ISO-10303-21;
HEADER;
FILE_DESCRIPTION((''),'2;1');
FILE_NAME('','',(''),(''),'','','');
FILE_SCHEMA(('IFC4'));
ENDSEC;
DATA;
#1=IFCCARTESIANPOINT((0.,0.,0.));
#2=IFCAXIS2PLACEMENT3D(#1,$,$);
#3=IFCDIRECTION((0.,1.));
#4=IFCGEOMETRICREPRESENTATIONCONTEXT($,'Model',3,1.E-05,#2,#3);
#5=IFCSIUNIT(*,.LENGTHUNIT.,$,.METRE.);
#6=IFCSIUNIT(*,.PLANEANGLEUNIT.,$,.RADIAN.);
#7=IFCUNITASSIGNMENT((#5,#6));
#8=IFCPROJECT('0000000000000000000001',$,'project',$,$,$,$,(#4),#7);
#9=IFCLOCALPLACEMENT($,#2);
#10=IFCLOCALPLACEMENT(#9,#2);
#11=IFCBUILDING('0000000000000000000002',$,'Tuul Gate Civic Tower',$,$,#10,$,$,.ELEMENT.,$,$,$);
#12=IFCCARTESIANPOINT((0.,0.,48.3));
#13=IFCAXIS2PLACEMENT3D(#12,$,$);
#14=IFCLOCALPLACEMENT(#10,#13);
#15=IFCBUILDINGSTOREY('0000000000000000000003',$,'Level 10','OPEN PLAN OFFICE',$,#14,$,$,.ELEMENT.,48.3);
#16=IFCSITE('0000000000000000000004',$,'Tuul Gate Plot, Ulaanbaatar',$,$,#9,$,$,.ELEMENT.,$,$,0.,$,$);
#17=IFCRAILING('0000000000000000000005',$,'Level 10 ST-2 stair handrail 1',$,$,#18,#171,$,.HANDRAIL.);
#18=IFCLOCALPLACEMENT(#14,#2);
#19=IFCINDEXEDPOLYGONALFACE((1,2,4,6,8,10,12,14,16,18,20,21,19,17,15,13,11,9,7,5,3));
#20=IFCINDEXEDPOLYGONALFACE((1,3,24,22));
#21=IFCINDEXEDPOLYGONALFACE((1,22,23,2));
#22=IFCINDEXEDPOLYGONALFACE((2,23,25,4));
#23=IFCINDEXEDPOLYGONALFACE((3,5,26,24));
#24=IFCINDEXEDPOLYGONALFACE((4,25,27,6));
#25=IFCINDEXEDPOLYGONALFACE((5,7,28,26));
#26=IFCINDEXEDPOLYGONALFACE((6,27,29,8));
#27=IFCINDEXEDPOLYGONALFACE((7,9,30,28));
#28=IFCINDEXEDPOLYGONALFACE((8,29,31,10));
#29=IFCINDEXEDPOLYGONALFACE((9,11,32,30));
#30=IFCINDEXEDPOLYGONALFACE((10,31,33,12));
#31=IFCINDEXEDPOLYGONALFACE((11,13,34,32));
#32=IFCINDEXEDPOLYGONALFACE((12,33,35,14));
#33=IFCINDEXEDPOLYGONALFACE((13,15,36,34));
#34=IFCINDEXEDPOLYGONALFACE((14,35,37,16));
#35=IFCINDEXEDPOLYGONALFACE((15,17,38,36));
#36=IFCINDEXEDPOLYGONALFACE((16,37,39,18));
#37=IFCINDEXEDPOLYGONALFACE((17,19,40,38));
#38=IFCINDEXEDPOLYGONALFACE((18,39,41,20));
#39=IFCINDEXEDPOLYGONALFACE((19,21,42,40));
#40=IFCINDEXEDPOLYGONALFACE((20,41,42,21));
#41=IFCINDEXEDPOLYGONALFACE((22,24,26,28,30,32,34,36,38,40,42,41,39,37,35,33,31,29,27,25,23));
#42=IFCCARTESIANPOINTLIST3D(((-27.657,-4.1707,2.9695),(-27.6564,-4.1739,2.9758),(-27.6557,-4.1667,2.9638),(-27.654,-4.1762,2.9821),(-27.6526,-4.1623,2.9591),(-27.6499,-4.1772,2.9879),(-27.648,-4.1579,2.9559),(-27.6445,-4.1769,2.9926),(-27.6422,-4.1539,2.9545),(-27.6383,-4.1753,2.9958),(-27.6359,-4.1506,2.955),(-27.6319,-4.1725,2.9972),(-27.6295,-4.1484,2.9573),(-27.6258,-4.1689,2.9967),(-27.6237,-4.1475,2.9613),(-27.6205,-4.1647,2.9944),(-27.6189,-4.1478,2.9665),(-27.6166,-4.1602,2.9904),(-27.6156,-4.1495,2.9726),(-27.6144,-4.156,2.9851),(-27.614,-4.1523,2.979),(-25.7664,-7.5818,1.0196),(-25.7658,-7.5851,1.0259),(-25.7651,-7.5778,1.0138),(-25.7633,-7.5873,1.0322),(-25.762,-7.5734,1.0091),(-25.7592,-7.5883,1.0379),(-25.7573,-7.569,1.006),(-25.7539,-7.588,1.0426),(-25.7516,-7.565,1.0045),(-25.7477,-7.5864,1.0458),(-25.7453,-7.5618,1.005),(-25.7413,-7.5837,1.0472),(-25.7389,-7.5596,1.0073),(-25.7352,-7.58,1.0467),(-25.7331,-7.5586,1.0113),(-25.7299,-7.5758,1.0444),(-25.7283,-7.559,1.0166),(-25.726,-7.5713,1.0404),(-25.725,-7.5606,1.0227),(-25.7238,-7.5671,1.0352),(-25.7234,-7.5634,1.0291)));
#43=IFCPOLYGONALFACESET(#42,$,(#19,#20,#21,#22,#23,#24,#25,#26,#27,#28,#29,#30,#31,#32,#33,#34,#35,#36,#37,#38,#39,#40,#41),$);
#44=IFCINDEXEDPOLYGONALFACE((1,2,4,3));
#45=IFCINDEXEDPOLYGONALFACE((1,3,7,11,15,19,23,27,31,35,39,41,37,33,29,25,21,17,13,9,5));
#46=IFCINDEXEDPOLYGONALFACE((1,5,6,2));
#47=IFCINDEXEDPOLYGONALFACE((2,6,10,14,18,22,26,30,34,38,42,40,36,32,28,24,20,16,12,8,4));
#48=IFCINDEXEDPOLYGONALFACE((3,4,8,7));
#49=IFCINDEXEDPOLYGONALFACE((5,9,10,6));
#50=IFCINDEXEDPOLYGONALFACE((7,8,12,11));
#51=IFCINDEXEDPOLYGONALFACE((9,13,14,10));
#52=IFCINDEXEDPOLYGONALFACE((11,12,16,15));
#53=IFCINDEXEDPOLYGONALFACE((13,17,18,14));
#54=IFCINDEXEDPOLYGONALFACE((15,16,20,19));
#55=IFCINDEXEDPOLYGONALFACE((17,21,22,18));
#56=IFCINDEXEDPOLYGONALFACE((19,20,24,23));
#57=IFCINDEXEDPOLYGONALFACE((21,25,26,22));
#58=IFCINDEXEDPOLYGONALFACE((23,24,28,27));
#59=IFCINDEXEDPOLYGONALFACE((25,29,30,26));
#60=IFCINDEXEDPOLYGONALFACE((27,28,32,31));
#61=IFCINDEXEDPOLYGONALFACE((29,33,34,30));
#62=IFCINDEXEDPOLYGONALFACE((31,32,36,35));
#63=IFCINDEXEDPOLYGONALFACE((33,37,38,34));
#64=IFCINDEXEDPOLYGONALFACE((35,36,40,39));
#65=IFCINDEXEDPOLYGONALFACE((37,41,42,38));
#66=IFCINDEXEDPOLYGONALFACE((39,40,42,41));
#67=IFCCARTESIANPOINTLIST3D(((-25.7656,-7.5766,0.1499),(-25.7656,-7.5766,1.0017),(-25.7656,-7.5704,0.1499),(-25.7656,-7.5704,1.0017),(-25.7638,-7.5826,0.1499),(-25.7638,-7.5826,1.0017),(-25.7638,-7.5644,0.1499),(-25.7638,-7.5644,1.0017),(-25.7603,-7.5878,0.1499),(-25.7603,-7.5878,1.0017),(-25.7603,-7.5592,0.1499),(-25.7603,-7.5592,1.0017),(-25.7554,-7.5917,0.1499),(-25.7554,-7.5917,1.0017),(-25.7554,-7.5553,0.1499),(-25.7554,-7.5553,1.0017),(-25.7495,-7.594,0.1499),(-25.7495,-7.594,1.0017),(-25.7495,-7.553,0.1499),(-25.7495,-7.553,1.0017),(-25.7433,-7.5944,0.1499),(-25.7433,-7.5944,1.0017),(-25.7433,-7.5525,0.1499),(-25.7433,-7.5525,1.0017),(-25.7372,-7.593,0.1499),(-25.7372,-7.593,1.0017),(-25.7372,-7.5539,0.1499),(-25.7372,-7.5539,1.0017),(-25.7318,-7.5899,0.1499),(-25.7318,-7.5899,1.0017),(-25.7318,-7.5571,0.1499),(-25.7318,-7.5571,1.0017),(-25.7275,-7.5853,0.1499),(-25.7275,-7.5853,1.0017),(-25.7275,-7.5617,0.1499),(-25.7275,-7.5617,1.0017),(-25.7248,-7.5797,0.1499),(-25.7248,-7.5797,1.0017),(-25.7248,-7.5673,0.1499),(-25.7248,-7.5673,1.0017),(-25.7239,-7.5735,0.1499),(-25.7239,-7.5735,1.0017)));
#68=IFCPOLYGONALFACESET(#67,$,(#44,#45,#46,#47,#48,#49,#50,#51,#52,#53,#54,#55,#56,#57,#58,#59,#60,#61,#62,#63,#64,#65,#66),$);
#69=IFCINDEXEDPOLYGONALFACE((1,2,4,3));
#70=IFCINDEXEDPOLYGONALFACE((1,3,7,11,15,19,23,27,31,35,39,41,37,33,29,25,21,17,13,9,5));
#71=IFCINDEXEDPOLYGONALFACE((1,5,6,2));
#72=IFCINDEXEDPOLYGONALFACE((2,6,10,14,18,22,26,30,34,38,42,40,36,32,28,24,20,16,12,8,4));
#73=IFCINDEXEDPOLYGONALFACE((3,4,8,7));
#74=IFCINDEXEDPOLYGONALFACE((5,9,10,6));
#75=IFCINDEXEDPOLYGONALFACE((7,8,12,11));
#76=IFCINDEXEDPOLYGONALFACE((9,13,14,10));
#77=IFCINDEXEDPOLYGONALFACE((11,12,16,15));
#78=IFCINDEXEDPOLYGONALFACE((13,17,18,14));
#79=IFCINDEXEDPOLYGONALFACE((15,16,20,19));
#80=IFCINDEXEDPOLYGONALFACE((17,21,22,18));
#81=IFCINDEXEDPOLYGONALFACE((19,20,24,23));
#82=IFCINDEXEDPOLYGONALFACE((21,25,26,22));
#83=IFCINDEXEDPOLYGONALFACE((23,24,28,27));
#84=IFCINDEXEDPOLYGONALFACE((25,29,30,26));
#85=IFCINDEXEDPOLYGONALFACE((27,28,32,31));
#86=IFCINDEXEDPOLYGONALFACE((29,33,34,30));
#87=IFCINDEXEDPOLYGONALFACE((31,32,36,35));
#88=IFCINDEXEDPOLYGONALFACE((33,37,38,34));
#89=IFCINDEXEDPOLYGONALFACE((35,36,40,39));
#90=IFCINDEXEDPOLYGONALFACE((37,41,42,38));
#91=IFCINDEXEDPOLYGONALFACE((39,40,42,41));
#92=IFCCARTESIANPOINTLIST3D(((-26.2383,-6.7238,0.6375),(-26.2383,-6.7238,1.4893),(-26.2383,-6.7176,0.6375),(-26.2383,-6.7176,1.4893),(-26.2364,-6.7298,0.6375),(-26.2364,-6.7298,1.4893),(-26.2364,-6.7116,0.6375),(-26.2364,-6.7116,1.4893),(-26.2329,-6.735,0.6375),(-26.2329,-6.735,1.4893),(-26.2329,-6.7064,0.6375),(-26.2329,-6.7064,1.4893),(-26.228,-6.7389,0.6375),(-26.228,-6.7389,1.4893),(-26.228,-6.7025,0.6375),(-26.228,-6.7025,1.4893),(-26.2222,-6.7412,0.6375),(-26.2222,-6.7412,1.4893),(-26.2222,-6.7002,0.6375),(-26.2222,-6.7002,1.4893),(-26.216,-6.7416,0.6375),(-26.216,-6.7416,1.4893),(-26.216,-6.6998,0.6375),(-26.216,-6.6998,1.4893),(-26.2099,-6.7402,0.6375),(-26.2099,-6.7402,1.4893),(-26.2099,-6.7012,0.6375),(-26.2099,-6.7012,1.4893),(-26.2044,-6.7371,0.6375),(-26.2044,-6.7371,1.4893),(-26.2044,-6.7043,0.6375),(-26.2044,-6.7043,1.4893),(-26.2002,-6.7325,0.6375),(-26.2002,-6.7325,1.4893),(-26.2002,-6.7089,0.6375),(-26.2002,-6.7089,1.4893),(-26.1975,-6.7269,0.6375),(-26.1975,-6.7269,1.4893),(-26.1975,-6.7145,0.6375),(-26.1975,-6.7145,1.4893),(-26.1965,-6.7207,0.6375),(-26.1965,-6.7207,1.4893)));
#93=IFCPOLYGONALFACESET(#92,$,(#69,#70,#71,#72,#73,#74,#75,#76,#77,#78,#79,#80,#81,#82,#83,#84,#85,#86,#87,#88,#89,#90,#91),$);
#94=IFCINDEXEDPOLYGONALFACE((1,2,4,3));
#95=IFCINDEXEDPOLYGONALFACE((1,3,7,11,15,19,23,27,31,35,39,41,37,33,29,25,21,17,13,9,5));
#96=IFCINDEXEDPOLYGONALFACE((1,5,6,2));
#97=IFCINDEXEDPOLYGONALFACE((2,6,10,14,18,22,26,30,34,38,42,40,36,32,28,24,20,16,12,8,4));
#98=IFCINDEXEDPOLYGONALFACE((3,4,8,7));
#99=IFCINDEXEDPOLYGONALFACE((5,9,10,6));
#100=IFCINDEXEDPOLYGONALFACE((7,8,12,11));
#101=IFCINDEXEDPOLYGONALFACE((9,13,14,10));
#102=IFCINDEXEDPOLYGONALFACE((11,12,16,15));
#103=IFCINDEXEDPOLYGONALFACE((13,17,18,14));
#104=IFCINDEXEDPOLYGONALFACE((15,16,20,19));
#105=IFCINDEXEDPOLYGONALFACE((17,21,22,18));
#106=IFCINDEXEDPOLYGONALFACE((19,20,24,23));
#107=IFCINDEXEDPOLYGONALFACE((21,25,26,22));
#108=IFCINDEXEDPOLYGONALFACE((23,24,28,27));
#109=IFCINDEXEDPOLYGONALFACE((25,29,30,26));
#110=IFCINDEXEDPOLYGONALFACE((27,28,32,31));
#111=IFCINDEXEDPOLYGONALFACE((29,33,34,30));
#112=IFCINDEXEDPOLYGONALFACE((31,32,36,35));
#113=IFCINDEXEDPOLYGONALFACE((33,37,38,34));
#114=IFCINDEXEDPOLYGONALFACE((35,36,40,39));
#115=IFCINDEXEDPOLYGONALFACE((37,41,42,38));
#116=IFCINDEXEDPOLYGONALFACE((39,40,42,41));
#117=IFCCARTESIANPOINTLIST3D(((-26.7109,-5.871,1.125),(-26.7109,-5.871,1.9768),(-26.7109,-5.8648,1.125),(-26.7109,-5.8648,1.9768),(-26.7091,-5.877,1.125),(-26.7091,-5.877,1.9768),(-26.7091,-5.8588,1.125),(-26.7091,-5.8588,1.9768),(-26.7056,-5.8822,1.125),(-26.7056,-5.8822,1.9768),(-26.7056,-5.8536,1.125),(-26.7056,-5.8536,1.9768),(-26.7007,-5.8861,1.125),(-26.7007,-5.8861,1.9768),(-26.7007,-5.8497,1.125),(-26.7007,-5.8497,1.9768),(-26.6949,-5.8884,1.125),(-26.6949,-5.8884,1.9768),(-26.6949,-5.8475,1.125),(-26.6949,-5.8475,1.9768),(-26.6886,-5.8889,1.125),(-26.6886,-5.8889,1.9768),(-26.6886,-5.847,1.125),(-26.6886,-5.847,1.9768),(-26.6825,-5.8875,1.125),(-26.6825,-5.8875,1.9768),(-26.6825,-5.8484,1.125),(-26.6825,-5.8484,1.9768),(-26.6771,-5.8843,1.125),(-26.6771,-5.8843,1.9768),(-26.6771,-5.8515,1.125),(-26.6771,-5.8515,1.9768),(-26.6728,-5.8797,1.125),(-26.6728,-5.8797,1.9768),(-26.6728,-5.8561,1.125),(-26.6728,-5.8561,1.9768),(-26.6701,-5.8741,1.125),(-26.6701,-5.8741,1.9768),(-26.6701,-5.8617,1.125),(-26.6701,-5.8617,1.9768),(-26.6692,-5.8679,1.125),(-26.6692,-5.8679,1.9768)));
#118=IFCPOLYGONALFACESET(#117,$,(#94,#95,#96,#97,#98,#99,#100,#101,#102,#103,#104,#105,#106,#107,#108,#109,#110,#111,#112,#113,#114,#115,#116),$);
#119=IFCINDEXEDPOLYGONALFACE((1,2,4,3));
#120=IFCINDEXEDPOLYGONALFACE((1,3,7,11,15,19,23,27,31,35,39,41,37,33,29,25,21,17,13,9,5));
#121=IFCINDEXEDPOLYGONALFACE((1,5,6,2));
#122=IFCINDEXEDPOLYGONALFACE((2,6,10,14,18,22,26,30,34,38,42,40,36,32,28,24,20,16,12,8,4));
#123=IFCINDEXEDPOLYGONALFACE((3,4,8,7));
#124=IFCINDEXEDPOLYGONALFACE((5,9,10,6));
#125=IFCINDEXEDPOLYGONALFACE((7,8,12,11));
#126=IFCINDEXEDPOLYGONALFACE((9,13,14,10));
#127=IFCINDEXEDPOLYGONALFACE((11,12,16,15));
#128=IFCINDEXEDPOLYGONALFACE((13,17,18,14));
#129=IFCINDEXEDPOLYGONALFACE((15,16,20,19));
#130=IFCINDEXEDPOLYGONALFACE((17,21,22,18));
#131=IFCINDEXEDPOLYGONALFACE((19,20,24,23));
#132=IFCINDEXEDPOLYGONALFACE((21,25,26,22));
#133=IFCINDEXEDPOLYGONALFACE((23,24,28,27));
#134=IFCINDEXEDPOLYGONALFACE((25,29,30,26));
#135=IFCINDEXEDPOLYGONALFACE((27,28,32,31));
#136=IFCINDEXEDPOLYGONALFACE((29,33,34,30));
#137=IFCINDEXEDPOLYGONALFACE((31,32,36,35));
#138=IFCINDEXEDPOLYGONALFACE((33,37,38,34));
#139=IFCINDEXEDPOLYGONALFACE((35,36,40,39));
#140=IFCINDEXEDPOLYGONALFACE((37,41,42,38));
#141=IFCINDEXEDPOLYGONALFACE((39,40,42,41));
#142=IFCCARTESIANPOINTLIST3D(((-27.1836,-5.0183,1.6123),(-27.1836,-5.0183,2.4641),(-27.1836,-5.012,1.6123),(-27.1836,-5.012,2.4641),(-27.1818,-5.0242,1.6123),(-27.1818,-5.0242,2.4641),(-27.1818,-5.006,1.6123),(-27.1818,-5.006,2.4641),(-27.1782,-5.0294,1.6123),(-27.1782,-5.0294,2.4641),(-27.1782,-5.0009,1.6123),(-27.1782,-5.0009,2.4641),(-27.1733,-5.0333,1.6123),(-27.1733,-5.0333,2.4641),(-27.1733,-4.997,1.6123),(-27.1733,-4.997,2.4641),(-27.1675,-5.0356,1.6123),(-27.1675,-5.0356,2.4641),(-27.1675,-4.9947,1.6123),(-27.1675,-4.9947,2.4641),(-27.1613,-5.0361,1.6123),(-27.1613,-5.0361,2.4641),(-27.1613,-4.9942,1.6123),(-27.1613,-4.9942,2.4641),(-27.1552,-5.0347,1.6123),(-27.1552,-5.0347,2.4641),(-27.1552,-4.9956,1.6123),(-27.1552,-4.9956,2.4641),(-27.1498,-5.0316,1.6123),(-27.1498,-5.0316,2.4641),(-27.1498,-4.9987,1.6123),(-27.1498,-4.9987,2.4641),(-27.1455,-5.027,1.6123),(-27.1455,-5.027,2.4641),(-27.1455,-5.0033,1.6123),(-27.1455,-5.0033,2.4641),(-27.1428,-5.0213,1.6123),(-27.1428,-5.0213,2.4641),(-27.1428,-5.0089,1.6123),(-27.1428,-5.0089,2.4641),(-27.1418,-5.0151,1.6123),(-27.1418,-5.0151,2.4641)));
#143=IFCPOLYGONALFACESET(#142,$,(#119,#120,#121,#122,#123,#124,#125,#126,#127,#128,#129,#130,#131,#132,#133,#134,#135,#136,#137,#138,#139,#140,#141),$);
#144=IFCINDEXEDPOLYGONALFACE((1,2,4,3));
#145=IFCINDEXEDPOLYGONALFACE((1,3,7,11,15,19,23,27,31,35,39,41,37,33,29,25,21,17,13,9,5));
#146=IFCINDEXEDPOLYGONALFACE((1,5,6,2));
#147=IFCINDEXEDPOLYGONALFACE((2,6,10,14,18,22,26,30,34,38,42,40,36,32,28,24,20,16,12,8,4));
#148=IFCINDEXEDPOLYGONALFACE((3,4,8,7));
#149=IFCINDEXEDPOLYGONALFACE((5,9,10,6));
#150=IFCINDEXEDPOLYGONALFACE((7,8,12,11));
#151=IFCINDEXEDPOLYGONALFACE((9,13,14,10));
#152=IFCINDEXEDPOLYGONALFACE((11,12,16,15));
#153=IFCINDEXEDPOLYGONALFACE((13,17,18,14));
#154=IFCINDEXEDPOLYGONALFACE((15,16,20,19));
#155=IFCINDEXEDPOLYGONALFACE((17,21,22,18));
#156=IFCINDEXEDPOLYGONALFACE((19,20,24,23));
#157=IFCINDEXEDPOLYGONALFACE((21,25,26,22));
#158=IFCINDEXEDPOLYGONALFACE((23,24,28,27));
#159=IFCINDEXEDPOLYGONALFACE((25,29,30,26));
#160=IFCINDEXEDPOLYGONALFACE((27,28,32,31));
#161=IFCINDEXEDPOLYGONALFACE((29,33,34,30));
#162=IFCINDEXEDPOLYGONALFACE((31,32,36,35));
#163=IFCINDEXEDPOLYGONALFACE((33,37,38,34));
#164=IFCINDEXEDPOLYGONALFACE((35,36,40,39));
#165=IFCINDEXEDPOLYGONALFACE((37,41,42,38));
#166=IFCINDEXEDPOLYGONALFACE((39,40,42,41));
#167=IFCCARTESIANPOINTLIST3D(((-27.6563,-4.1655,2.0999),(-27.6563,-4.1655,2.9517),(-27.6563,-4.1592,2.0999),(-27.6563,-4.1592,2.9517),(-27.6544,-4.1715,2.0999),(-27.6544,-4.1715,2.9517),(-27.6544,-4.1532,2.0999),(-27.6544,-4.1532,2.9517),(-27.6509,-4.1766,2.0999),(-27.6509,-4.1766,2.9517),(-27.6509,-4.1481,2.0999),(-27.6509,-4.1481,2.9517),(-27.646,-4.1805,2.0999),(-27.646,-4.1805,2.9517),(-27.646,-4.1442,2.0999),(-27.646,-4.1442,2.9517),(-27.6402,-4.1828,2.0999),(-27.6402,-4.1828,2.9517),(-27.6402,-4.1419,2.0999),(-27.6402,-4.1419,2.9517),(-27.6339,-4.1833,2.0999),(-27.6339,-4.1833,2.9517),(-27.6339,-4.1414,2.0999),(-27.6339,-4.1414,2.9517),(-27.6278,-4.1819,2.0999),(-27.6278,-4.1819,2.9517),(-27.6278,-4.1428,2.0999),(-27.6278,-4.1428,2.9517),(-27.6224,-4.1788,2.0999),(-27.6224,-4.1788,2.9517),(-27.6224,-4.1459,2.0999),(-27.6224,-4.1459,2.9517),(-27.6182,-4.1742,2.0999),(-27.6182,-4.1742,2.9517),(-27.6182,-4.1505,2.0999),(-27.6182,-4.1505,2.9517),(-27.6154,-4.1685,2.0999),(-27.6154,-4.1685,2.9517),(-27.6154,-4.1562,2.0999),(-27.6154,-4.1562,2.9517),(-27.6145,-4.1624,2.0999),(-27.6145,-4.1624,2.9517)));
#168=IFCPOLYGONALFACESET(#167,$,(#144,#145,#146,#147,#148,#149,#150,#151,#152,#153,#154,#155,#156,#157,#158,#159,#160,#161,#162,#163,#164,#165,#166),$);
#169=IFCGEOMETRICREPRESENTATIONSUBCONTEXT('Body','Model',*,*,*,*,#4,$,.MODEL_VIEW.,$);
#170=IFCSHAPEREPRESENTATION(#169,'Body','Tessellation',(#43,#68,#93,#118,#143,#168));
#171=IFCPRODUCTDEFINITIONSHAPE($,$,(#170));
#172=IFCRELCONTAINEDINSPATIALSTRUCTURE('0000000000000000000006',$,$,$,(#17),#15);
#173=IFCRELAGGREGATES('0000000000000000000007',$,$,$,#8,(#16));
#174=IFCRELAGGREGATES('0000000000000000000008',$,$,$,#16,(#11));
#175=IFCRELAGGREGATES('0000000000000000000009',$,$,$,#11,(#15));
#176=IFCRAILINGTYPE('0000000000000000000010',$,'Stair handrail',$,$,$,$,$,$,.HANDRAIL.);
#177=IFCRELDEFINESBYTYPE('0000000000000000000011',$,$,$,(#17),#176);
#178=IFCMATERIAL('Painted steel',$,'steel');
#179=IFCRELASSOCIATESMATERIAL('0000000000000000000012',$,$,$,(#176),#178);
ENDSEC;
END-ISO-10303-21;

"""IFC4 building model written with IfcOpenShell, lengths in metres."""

from ifc_helpers import new_model, si_unit, direction, frame, origin, origin_2d, place, context, subcontext, project, spatial, circle, extrude, material, type_object, element, save


model = new_model("IFC4")

# Units and contexts
model_context = context("Model", 3, precision=1e-05, world=origin(), true_north=direction((0.0, 1.0)))
body_context = subcontext(model_context, "Body", "Model", "MODEL_VIEW")
ifc_project = project(units=[si_unit("LENGTHUNIT", "METRE"), si_unit("PLANEANGLEUNIT", "RADIAN")], contexts=[model_context])

# Site, building, storey
site_placement = place(None, origin())
site = spatial("IfcSite", under=ifc_project, at=site_placement, Name="Tuul Gate Plot, Ulaanbaatar", CompositionType="ELEMENT", RefElevation=0.0)
building_placement = place(site_placement, origin())
building = spatial("IfcBuilding", under=site, at=building_placement, Name="Tuul Gate Civic Tower", CompositionType="ELEMENT")
storey_placement = place(building_placement, frame((0.0, 0.0, 48.3)))
storey = spatial("IfcBuildingStorey", under=building, at=storey_placement, Name="Level 10", Description="OPEN PLAN OFFICE", CompositionType="ELEMENT", Elevation=48.3)

# Railing
ifc_material_1 = material(Name="Painted steel", Category="steel")
railing_type_1 = type_object("IfcRailingType", Name="Stair handrail", PredefinedType="HANDRAIL", material=ifc_material_1)
railing_1_placement = place(storey_placement, frame((-25.7449, -7.5735, 0.1499)))
element("IfcRailing", 1, at=railing_1_placement, inside=storey, type_object=railing_type_1, Name="Level 10 ST-2 stair handrail 1", PredefinedType="HANDRAIL", context=body_context, shape_type="SweptSolid", body=[
    extrude(circle(Radius=0.0239, at=origin_2d()), frame((0.0, 0.0, 0.876), z_axis=(-0.433595, 0.782308, 0.447201), x_axis=(-0.874641, -0.484771, 0.0)), (0.0, 0.0, 1.0), 4.3604),
    extrude(circle(Radius=0.021, at=origin_2d()), origin(), (0.0, 0.0, 1.0), 0.8518),
    extrude(circle(Radius=0.021, at=origin_2d()), frame((-0.4727, 0.8528, 0.4875)), (0.0, 0.0, 1.0), 0.8518),
    extrude(circle(Radius=0.021, at=origin_2d()), frame((-0.9453, 1.7056, 0.9751)), (0.0, 0.0, 1.0), 0.8518),
    extrude(circle(Radius=0.021, at=origin_2d()), frame((-1.418, 2.5583, 1.4624)), (0.0, 0.0, 1.0), 0.8518),
    extrude(circle(Radius=0.021, at=origin_2d()), frame((-1.8906, 3.4111, 1.95)), (0.0, 0.0, 1.0), 0.8518),
])

save(model, "model.ifc")
